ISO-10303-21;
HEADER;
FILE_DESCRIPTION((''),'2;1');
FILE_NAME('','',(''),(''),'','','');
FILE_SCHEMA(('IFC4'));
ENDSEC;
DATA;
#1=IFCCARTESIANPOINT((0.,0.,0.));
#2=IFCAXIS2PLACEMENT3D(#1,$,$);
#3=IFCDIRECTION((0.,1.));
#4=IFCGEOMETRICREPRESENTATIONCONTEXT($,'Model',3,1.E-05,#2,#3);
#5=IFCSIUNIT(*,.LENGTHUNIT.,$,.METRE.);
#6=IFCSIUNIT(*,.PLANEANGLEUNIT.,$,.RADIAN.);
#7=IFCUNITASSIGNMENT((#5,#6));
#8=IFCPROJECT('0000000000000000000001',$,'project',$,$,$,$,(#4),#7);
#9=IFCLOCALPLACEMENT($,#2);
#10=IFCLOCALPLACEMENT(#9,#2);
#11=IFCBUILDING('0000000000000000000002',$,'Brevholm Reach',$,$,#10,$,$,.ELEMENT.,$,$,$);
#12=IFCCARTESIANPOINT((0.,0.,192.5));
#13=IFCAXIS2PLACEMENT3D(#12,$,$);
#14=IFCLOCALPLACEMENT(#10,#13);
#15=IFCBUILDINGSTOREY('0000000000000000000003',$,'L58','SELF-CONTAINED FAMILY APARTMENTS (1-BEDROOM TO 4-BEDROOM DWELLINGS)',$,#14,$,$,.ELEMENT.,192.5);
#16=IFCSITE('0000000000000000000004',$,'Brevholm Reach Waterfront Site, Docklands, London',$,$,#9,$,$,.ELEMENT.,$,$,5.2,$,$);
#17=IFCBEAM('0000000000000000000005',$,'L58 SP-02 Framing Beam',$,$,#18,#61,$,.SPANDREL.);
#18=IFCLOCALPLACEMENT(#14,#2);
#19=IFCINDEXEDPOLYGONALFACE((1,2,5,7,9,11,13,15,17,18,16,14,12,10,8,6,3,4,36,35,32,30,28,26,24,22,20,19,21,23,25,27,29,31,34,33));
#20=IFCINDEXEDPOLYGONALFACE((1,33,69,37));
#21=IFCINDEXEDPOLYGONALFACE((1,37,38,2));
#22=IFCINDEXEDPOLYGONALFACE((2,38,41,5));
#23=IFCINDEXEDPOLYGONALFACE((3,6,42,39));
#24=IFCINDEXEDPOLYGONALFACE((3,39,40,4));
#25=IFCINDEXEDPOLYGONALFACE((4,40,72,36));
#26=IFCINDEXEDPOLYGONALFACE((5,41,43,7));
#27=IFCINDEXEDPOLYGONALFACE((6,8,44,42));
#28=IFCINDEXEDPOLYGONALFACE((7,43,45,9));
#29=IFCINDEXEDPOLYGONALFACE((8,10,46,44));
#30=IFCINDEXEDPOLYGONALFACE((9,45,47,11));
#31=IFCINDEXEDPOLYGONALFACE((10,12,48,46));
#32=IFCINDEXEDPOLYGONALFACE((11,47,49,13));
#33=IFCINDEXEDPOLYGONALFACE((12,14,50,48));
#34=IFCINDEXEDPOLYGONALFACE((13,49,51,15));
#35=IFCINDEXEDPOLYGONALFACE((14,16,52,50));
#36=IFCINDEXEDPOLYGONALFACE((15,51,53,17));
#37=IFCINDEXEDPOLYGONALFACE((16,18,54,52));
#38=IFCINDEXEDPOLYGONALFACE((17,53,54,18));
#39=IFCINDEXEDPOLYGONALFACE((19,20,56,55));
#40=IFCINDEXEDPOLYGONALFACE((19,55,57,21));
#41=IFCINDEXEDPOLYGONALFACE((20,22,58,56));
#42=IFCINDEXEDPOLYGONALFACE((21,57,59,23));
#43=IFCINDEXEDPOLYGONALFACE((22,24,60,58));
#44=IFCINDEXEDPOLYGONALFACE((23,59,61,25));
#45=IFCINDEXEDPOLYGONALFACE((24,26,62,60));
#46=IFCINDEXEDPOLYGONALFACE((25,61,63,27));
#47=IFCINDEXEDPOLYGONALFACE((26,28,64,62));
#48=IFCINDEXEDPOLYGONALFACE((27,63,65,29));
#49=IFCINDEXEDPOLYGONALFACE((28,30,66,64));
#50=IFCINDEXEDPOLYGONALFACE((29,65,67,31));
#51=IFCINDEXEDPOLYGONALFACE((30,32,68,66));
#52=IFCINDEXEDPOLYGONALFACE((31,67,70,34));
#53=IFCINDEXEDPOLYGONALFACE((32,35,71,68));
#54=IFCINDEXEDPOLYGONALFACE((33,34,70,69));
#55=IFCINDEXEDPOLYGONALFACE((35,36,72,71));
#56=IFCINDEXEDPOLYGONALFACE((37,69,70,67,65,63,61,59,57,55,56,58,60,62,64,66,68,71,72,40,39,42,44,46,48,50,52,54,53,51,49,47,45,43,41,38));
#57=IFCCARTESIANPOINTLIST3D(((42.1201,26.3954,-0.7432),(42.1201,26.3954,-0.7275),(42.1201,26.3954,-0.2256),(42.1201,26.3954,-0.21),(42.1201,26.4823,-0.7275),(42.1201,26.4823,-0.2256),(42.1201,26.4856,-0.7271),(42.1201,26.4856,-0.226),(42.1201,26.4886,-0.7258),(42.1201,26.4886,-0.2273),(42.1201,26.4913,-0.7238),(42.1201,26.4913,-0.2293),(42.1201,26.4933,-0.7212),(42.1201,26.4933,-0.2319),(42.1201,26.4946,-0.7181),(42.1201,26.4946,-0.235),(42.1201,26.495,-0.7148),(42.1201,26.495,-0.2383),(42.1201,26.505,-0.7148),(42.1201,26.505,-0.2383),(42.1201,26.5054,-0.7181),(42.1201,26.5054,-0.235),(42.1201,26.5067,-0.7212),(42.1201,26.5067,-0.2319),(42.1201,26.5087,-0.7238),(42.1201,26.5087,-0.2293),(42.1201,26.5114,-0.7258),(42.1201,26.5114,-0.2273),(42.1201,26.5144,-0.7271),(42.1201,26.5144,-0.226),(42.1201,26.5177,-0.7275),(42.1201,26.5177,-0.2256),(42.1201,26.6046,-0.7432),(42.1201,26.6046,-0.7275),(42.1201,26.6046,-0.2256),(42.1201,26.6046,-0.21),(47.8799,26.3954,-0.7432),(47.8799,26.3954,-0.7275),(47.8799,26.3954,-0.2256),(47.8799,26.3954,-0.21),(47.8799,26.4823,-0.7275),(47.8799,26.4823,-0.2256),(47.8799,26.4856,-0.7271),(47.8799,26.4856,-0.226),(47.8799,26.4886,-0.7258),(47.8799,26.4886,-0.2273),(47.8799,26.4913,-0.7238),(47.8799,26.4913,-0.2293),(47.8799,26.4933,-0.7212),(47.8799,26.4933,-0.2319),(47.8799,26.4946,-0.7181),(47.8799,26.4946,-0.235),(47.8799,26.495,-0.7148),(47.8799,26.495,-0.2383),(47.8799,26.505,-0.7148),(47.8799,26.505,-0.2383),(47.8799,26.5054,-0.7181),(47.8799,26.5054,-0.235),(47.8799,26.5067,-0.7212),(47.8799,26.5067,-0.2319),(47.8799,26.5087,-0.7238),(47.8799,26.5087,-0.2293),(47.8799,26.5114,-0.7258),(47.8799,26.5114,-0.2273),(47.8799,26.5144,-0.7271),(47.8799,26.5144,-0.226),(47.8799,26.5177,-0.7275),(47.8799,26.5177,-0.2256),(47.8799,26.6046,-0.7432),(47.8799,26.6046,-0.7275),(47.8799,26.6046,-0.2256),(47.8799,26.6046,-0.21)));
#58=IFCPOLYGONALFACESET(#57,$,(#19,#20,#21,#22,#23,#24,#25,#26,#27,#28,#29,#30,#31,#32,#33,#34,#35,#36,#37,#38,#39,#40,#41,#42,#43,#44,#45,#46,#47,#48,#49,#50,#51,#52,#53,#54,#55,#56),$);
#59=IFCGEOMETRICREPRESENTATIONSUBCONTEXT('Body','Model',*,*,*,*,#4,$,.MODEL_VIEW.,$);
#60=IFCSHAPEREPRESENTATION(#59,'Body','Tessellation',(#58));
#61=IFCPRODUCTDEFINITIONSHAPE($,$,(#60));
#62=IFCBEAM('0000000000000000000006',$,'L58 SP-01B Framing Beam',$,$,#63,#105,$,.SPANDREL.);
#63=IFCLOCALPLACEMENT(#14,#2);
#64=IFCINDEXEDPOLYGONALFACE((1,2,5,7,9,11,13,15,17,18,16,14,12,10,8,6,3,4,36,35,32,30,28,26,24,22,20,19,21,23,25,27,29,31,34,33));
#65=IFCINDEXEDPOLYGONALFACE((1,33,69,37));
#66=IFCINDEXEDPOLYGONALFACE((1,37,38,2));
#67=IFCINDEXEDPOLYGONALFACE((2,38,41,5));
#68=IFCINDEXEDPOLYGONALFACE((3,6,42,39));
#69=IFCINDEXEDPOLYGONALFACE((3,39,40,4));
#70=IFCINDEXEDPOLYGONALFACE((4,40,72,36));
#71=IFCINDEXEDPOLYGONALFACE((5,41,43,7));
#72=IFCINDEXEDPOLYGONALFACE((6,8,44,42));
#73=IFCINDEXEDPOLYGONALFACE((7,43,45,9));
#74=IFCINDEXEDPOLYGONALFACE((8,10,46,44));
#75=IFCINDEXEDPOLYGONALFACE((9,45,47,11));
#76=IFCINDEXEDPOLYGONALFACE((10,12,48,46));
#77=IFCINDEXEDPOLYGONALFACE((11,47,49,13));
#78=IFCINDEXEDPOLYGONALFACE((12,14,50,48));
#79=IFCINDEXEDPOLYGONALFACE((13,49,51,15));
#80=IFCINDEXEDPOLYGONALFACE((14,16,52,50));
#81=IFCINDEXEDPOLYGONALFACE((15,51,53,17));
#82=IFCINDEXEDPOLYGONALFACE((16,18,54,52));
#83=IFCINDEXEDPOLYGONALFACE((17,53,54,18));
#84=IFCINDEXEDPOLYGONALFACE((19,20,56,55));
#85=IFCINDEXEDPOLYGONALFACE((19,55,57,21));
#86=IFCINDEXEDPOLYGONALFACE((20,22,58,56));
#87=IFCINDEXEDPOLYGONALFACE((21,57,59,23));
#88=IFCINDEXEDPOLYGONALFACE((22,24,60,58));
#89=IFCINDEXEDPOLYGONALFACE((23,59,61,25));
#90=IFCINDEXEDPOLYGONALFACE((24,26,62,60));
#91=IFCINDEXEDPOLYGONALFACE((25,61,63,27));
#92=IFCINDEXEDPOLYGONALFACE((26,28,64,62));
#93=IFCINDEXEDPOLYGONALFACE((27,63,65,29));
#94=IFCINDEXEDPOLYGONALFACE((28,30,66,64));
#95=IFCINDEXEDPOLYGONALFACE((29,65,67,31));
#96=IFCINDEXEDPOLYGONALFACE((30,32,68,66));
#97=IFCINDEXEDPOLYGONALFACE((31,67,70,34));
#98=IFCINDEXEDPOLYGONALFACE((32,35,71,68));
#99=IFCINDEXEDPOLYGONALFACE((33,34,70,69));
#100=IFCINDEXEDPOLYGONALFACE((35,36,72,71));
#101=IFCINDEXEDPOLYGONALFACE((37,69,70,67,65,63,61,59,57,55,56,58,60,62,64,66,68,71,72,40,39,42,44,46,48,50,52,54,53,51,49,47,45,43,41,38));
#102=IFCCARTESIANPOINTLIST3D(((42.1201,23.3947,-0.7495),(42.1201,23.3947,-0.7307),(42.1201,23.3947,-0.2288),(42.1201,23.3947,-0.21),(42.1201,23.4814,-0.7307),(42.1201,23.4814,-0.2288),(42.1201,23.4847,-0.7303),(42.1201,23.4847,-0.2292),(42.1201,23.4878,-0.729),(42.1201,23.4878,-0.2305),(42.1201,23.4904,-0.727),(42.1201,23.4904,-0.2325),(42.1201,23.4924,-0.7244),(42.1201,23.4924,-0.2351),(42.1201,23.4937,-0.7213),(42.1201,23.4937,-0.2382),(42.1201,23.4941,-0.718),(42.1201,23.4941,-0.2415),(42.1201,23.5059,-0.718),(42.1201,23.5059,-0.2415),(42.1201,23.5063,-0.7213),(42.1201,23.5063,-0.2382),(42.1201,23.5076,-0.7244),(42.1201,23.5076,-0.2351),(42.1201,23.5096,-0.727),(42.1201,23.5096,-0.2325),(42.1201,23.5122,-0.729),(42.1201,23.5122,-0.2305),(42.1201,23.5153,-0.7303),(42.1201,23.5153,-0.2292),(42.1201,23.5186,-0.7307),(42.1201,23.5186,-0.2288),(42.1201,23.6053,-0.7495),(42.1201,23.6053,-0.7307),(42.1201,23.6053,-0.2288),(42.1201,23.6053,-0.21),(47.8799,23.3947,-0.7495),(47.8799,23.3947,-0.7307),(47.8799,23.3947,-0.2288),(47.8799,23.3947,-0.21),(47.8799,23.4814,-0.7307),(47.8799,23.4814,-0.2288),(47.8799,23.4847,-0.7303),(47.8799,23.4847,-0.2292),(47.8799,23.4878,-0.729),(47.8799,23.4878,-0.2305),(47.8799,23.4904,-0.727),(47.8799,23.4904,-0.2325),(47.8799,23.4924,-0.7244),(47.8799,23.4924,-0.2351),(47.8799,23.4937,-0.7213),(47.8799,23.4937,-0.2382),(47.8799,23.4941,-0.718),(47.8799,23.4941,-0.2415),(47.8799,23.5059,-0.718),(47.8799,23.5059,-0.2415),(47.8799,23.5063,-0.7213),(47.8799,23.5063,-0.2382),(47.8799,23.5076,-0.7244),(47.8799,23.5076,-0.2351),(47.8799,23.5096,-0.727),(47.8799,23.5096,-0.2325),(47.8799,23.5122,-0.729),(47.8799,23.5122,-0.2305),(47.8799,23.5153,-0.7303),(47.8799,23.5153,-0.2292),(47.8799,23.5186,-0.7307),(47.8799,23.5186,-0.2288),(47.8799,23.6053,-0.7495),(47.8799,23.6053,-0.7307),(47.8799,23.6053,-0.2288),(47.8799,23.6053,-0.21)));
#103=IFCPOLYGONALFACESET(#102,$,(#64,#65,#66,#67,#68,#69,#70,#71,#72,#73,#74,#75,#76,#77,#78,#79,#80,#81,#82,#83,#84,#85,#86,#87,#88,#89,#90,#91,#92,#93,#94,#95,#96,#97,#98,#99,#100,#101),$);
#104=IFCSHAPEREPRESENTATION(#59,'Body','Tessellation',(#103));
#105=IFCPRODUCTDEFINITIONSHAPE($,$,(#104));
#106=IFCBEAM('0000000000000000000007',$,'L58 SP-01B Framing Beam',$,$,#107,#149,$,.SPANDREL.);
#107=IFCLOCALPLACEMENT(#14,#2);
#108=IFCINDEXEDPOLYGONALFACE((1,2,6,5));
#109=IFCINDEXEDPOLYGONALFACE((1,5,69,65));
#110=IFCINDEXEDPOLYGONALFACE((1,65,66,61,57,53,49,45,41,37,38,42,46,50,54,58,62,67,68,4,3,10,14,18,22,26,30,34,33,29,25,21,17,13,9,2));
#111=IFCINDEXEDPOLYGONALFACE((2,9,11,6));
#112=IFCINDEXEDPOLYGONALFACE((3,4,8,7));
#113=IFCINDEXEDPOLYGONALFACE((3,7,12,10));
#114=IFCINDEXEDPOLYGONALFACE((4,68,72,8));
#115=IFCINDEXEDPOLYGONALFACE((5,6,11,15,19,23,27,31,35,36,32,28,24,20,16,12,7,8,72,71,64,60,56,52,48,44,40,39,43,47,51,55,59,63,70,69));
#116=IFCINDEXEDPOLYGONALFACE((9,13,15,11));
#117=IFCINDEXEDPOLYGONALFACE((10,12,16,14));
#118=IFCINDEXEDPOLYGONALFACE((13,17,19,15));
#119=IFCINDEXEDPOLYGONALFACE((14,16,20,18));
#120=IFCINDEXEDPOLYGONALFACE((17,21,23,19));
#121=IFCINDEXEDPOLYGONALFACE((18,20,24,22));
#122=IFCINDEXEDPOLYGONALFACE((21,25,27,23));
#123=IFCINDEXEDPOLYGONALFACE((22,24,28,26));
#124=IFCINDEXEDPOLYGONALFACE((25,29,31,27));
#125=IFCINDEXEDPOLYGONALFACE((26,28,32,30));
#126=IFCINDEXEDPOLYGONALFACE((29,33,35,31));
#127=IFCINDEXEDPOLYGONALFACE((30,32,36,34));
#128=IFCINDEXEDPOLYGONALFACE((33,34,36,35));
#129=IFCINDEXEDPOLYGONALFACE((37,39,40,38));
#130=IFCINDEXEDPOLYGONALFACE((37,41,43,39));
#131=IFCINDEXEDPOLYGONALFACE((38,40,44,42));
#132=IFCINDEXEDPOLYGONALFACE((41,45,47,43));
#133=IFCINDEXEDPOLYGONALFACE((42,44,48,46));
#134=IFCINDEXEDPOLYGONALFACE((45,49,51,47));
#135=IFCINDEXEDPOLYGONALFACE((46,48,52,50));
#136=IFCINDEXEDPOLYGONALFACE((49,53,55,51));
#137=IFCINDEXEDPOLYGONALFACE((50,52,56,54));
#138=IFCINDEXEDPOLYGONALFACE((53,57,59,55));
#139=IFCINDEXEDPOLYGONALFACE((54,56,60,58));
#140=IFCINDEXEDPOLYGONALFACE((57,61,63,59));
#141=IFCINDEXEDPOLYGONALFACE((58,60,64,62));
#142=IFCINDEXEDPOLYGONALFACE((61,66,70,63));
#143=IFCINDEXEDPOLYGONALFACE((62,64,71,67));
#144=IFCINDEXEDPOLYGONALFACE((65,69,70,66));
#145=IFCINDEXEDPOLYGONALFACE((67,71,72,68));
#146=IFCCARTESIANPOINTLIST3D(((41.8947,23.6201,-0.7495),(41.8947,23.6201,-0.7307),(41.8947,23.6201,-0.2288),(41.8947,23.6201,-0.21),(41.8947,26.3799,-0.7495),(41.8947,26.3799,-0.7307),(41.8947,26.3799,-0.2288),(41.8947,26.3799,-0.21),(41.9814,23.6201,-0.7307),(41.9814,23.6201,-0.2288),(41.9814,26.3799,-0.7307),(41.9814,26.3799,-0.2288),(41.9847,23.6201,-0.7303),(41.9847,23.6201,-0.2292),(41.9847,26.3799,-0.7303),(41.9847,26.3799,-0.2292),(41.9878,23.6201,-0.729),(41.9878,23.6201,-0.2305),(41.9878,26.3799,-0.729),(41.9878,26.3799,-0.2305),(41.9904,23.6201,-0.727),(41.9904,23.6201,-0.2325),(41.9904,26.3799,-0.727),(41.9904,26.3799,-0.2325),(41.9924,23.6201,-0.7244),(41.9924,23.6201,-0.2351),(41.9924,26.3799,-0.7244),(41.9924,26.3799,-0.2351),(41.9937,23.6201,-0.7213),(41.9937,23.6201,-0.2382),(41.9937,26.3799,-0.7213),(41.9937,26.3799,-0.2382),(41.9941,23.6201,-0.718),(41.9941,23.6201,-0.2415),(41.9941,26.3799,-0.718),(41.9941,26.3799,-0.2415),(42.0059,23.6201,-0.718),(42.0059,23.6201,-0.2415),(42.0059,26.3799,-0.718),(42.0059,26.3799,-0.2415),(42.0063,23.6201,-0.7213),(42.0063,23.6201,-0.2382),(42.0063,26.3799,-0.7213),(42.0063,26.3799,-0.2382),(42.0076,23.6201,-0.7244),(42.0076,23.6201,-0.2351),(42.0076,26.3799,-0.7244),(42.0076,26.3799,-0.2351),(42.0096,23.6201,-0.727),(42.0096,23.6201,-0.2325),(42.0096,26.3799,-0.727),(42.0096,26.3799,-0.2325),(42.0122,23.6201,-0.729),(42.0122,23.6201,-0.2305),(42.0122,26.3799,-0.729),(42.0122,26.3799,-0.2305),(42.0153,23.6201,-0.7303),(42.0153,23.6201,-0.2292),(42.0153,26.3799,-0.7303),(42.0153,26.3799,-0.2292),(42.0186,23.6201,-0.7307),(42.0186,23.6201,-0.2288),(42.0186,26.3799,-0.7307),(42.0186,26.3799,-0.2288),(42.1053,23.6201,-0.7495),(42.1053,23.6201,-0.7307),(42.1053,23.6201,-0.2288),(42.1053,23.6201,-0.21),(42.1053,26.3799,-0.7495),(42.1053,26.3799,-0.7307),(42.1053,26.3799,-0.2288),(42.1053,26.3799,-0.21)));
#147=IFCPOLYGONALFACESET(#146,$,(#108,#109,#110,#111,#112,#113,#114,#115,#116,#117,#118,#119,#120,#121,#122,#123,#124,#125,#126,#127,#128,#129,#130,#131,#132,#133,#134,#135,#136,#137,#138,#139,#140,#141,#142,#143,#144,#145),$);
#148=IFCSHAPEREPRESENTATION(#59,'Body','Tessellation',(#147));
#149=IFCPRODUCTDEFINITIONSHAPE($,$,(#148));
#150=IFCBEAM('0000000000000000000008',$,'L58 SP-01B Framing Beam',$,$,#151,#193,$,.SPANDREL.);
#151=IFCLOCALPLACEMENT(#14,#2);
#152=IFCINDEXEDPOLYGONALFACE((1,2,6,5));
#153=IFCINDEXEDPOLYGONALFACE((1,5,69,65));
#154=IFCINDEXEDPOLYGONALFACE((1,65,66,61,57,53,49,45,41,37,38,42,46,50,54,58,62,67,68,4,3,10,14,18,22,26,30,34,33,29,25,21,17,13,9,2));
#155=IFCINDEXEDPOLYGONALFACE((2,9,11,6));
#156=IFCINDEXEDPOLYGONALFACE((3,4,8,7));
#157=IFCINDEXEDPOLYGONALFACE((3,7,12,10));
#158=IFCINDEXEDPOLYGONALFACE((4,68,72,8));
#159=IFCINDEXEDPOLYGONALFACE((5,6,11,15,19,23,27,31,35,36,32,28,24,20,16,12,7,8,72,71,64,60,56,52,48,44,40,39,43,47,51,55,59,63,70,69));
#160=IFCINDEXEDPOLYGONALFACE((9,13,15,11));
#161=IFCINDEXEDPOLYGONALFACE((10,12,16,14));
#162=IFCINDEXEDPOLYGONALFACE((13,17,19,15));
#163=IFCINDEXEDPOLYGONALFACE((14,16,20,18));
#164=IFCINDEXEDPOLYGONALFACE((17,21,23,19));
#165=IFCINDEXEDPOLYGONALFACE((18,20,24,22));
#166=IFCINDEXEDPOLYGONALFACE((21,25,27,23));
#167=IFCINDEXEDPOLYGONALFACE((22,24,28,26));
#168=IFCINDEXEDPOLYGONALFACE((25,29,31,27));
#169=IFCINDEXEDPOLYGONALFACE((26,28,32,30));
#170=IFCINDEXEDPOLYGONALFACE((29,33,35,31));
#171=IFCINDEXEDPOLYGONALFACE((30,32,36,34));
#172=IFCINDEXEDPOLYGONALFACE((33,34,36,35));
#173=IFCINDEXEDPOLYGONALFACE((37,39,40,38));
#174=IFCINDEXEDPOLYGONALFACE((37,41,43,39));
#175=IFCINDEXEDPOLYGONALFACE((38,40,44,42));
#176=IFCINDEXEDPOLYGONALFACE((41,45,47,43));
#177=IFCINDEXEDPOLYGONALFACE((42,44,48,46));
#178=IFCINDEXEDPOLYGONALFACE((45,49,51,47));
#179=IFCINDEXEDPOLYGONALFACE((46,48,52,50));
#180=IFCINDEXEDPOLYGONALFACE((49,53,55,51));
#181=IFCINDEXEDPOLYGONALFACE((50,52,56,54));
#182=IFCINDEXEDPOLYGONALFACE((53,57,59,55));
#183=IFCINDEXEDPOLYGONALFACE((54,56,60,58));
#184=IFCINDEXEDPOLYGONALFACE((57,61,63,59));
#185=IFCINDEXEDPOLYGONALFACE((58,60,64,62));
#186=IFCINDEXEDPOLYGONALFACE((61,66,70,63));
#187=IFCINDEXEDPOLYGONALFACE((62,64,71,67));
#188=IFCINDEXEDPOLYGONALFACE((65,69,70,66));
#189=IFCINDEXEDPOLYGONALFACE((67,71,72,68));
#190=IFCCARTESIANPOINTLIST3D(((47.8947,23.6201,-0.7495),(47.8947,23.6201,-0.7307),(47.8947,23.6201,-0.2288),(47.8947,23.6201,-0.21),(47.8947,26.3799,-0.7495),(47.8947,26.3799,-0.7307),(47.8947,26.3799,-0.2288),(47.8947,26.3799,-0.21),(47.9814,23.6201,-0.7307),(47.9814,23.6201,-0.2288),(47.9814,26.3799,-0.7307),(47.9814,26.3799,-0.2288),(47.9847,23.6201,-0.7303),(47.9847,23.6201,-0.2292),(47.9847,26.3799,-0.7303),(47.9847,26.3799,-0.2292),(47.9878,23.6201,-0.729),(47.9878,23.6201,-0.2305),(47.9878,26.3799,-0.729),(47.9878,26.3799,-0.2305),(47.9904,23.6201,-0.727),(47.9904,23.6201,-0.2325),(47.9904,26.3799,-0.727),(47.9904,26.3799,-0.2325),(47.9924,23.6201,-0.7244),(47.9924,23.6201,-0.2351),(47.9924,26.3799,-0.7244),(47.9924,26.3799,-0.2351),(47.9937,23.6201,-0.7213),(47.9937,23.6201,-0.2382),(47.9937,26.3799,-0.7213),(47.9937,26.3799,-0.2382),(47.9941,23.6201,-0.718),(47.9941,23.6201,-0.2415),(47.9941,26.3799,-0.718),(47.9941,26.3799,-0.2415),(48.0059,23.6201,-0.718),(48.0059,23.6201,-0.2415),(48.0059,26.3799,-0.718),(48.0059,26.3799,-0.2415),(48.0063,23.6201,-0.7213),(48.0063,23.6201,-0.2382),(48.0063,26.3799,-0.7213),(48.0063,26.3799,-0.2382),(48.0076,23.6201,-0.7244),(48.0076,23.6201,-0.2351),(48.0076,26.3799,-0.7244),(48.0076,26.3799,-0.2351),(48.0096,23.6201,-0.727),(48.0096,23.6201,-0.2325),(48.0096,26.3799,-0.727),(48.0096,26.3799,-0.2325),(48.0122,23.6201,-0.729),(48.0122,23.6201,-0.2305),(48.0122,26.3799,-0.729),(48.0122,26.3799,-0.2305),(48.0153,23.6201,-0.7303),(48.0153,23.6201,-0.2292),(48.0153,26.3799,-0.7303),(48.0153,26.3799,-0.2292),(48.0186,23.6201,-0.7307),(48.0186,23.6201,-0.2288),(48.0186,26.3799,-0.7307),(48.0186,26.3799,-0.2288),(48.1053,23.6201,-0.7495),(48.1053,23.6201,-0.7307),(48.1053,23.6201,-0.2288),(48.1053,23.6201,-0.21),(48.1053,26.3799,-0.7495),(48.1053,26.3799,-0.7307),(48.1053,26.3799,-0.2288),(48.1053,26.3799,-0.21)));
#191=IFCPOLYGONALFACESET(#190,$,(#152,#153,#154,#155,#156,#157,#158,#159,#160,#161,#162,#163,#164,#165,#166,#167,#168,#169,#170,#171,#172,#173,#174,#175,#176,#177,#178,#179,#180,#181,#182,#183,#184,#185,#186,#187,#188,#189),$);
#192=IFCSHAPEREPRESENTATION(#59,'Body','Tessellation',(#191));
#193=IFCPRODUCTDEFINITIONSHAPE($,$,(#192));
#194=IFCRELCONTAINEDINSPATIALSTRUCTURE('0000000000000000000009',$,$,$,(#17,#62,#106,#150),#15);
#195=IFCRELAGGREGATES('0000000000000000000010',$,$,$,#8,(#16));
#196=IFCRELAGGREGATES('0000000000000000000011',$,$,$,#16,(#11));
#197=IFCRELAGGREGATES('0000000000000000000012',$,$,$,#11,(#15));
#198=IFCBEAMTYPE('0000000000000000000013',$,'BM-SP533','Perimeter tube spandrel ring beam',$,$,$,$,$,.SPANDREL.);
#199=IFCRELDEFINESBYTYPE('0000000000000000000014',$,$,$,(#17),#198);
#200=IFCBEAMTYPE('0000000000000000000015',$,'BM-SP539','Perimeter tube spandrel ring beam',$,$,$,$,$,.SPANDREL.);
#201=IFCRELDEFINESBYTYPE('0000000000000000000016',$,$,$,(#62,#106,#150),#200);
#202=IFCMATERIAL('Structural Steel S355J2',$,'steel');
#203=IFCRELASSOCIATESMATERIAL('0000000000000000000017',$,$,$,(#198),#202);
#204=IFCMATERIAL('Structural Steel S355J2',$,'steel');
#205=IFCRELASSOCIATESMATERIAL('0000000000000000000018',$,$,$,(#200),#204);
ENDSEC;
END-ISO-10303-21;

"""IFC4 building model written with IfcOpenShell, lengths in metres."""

from ifc_helpers import new_model, si_unit, direction, frame, origin, origin_2d, place, context, subcontext, project, spatial, i_section, extrude, material, material_profile, profile_set, type_object, element, save


model = new_model("IFC4")

# Units and contexts
model_context = context("Model", 3, precision=1e-05, world=origin(), true_north=direction((0.0, 1.0)))
body_context = subcontext(model_context, "Body", "Model", "MODEL_VIEW")
ifc_project = project(units=[si_unit("LENGTHUNIT", "METRE"), si_unit("PLANEANGLEUNIT", "RADIAN")], contexts=[model_context])

# Site, building, storey
site_placement = place(None, origin())
site = spatial("IfcSite", under=ifc_project, at=site_placement, Name="Brevholm Reach Waterfront Site, Docklands, London", CompositionType="ELEMENT", RefElevation=5.2)
building_placement = place(site_placement, origin())
building = spatial("IfcBuilding", under=site, at=building_placement, Name="Brevholm Reach", CompositionType="ELEMENT")
storey_placement = place(building_placement, frame((0.0, 0.0, 192.5)))
storey = spatial("IfcBuildingStorey", under=building, at=storey_placement, Name="L58", Description="SELF-CONTAINED FAMILY APARTMENTS (1-BEDROOM TO 4-BEDROOM DWELLINGS)", CompositionType="ELEMENT", Elevation=192.5)

# Beams
ifc_material_1 = material(Name="Structural Steel S355J2", Category="steel")
ifc_material_profile_1 = material_profile(ifc_material_1, i_section(OverallWidth=0.2092, OverallDepth=0.5332, WebThickness=0.01, FlangeThickness=0.0156, FilletRadius=0.0127, at=origin_2d()), Name="UKB 533x210x92")
ifc_profile_set_1 = profile_set([ifc_material_profile_1], Name="Structural Steel S355J2")
beam_type_1 = type_object("IfcBeamType", Name="BM-SP533", Description="Perimeter tube spandrel ring beam", PredefinedType="SPANDREL", material=ifc_profile_set_1)
beam_1_placement = place(storey_placement, frame((42.1201, 26.5, -0.4766), z_axis=(1.0, 0.0, 0.0), x_axis=(0.0, 1.0, 0.0)))
element("IfcBeam", 1, at=beam_1_placement, inside=storey, type_object=beam_type_1, Name="L58 SP-02 Framing Beam", PredefinedType="SPANDREL", context=body_context, shape_type="SweptSolid", body=[
    extrude(i_section(OverallWidth=0.2092, OverallDepth=0.5332, WebThickness=0.01, FlangeThickness=0.0156, FilletRadius=0.0127, at=origin_2d()), origin(), (0.0, 0.0, 1.0), 5.7598),
])
ifc_material_2 = material(Name="Structural Steel S355J2", Category="steel")
ifc_material_profile_2 = material_profile(ifc_material_2, i_section(OverallWidth=0.2107, OverallDepth=0.5396, WebThickness=0.0117, FlangeThickness=0.0188, FilletRadius=0.0127, at=origin_2d()), Name="UKB 533x210x109")
ifc_profile_set_2 = profile_set([ifc_material_profile_2], Name="Structural Steel S355J2")
beam_type_2 = type_object("IfcBeamType", Name="BM-SP539", Description="Perimeter tube spandrel ring beam", PredefinedType="SPANDREL", material=ifc_profile_set_2)
beam_2_placement = place(storey_placement, frame((42.1201, 23.5, -0.4797), z_axis=(1.0, 0.0, 0.0), x_axis=(0.0, 1.0, 0.0)))
element("IfcBeam", 2, at=beam_2_placement, inside=storey, type_object=beam_type_2, Name="L58 SP-01B Framing Beam", PredefinedType="SPANDREL", context=body_context, shape_type="SweptSolid", body=[
    extrude(i_section(OverallWidth=0.2107, OverallDepth=0.5396, WebThickness=0.0117, FlangeThickness=0.0188, FilletRadius=0.0127, at=origin_2d()), origin(), (0.0, 0.0, 1.0), 5.7598),
])
for number, where, z_axis, x_axis, name in (
    (3, (42.0, 23.6201, -0.4797), (0.0, 1.0, 0.0), (-1.0, 0.0, 0.0), "L58 SP-01B Framing Beam"),
    (4, (48.0, 23.6201, -0.4797), (0.0, 1.0, 0.0), (-1.0, 0.0, 0.0), "L58 SP-01B Framing Beam"),
):
    element("IfcBeam", number, at=place(storey_placement, frame(where, z_axis=z_axis, x_axis=x_axis)), inside=storey, type_object=beam_type_2, Name=name, PredefinedType="SPANDREL", context=body_context, shape_type="SweptSolid", body=[
        extrude(i_section(OverallWidth=0.2107, OverallDepth=0.5396, WebThickness=0.0117, FlangeThickness=0.0188, FilletRadius=0.0127, at=origin_2d()), origin(), (0.0, 0.0, 1.0), 2.7598),
    ])

save(model, "model.ifc")
